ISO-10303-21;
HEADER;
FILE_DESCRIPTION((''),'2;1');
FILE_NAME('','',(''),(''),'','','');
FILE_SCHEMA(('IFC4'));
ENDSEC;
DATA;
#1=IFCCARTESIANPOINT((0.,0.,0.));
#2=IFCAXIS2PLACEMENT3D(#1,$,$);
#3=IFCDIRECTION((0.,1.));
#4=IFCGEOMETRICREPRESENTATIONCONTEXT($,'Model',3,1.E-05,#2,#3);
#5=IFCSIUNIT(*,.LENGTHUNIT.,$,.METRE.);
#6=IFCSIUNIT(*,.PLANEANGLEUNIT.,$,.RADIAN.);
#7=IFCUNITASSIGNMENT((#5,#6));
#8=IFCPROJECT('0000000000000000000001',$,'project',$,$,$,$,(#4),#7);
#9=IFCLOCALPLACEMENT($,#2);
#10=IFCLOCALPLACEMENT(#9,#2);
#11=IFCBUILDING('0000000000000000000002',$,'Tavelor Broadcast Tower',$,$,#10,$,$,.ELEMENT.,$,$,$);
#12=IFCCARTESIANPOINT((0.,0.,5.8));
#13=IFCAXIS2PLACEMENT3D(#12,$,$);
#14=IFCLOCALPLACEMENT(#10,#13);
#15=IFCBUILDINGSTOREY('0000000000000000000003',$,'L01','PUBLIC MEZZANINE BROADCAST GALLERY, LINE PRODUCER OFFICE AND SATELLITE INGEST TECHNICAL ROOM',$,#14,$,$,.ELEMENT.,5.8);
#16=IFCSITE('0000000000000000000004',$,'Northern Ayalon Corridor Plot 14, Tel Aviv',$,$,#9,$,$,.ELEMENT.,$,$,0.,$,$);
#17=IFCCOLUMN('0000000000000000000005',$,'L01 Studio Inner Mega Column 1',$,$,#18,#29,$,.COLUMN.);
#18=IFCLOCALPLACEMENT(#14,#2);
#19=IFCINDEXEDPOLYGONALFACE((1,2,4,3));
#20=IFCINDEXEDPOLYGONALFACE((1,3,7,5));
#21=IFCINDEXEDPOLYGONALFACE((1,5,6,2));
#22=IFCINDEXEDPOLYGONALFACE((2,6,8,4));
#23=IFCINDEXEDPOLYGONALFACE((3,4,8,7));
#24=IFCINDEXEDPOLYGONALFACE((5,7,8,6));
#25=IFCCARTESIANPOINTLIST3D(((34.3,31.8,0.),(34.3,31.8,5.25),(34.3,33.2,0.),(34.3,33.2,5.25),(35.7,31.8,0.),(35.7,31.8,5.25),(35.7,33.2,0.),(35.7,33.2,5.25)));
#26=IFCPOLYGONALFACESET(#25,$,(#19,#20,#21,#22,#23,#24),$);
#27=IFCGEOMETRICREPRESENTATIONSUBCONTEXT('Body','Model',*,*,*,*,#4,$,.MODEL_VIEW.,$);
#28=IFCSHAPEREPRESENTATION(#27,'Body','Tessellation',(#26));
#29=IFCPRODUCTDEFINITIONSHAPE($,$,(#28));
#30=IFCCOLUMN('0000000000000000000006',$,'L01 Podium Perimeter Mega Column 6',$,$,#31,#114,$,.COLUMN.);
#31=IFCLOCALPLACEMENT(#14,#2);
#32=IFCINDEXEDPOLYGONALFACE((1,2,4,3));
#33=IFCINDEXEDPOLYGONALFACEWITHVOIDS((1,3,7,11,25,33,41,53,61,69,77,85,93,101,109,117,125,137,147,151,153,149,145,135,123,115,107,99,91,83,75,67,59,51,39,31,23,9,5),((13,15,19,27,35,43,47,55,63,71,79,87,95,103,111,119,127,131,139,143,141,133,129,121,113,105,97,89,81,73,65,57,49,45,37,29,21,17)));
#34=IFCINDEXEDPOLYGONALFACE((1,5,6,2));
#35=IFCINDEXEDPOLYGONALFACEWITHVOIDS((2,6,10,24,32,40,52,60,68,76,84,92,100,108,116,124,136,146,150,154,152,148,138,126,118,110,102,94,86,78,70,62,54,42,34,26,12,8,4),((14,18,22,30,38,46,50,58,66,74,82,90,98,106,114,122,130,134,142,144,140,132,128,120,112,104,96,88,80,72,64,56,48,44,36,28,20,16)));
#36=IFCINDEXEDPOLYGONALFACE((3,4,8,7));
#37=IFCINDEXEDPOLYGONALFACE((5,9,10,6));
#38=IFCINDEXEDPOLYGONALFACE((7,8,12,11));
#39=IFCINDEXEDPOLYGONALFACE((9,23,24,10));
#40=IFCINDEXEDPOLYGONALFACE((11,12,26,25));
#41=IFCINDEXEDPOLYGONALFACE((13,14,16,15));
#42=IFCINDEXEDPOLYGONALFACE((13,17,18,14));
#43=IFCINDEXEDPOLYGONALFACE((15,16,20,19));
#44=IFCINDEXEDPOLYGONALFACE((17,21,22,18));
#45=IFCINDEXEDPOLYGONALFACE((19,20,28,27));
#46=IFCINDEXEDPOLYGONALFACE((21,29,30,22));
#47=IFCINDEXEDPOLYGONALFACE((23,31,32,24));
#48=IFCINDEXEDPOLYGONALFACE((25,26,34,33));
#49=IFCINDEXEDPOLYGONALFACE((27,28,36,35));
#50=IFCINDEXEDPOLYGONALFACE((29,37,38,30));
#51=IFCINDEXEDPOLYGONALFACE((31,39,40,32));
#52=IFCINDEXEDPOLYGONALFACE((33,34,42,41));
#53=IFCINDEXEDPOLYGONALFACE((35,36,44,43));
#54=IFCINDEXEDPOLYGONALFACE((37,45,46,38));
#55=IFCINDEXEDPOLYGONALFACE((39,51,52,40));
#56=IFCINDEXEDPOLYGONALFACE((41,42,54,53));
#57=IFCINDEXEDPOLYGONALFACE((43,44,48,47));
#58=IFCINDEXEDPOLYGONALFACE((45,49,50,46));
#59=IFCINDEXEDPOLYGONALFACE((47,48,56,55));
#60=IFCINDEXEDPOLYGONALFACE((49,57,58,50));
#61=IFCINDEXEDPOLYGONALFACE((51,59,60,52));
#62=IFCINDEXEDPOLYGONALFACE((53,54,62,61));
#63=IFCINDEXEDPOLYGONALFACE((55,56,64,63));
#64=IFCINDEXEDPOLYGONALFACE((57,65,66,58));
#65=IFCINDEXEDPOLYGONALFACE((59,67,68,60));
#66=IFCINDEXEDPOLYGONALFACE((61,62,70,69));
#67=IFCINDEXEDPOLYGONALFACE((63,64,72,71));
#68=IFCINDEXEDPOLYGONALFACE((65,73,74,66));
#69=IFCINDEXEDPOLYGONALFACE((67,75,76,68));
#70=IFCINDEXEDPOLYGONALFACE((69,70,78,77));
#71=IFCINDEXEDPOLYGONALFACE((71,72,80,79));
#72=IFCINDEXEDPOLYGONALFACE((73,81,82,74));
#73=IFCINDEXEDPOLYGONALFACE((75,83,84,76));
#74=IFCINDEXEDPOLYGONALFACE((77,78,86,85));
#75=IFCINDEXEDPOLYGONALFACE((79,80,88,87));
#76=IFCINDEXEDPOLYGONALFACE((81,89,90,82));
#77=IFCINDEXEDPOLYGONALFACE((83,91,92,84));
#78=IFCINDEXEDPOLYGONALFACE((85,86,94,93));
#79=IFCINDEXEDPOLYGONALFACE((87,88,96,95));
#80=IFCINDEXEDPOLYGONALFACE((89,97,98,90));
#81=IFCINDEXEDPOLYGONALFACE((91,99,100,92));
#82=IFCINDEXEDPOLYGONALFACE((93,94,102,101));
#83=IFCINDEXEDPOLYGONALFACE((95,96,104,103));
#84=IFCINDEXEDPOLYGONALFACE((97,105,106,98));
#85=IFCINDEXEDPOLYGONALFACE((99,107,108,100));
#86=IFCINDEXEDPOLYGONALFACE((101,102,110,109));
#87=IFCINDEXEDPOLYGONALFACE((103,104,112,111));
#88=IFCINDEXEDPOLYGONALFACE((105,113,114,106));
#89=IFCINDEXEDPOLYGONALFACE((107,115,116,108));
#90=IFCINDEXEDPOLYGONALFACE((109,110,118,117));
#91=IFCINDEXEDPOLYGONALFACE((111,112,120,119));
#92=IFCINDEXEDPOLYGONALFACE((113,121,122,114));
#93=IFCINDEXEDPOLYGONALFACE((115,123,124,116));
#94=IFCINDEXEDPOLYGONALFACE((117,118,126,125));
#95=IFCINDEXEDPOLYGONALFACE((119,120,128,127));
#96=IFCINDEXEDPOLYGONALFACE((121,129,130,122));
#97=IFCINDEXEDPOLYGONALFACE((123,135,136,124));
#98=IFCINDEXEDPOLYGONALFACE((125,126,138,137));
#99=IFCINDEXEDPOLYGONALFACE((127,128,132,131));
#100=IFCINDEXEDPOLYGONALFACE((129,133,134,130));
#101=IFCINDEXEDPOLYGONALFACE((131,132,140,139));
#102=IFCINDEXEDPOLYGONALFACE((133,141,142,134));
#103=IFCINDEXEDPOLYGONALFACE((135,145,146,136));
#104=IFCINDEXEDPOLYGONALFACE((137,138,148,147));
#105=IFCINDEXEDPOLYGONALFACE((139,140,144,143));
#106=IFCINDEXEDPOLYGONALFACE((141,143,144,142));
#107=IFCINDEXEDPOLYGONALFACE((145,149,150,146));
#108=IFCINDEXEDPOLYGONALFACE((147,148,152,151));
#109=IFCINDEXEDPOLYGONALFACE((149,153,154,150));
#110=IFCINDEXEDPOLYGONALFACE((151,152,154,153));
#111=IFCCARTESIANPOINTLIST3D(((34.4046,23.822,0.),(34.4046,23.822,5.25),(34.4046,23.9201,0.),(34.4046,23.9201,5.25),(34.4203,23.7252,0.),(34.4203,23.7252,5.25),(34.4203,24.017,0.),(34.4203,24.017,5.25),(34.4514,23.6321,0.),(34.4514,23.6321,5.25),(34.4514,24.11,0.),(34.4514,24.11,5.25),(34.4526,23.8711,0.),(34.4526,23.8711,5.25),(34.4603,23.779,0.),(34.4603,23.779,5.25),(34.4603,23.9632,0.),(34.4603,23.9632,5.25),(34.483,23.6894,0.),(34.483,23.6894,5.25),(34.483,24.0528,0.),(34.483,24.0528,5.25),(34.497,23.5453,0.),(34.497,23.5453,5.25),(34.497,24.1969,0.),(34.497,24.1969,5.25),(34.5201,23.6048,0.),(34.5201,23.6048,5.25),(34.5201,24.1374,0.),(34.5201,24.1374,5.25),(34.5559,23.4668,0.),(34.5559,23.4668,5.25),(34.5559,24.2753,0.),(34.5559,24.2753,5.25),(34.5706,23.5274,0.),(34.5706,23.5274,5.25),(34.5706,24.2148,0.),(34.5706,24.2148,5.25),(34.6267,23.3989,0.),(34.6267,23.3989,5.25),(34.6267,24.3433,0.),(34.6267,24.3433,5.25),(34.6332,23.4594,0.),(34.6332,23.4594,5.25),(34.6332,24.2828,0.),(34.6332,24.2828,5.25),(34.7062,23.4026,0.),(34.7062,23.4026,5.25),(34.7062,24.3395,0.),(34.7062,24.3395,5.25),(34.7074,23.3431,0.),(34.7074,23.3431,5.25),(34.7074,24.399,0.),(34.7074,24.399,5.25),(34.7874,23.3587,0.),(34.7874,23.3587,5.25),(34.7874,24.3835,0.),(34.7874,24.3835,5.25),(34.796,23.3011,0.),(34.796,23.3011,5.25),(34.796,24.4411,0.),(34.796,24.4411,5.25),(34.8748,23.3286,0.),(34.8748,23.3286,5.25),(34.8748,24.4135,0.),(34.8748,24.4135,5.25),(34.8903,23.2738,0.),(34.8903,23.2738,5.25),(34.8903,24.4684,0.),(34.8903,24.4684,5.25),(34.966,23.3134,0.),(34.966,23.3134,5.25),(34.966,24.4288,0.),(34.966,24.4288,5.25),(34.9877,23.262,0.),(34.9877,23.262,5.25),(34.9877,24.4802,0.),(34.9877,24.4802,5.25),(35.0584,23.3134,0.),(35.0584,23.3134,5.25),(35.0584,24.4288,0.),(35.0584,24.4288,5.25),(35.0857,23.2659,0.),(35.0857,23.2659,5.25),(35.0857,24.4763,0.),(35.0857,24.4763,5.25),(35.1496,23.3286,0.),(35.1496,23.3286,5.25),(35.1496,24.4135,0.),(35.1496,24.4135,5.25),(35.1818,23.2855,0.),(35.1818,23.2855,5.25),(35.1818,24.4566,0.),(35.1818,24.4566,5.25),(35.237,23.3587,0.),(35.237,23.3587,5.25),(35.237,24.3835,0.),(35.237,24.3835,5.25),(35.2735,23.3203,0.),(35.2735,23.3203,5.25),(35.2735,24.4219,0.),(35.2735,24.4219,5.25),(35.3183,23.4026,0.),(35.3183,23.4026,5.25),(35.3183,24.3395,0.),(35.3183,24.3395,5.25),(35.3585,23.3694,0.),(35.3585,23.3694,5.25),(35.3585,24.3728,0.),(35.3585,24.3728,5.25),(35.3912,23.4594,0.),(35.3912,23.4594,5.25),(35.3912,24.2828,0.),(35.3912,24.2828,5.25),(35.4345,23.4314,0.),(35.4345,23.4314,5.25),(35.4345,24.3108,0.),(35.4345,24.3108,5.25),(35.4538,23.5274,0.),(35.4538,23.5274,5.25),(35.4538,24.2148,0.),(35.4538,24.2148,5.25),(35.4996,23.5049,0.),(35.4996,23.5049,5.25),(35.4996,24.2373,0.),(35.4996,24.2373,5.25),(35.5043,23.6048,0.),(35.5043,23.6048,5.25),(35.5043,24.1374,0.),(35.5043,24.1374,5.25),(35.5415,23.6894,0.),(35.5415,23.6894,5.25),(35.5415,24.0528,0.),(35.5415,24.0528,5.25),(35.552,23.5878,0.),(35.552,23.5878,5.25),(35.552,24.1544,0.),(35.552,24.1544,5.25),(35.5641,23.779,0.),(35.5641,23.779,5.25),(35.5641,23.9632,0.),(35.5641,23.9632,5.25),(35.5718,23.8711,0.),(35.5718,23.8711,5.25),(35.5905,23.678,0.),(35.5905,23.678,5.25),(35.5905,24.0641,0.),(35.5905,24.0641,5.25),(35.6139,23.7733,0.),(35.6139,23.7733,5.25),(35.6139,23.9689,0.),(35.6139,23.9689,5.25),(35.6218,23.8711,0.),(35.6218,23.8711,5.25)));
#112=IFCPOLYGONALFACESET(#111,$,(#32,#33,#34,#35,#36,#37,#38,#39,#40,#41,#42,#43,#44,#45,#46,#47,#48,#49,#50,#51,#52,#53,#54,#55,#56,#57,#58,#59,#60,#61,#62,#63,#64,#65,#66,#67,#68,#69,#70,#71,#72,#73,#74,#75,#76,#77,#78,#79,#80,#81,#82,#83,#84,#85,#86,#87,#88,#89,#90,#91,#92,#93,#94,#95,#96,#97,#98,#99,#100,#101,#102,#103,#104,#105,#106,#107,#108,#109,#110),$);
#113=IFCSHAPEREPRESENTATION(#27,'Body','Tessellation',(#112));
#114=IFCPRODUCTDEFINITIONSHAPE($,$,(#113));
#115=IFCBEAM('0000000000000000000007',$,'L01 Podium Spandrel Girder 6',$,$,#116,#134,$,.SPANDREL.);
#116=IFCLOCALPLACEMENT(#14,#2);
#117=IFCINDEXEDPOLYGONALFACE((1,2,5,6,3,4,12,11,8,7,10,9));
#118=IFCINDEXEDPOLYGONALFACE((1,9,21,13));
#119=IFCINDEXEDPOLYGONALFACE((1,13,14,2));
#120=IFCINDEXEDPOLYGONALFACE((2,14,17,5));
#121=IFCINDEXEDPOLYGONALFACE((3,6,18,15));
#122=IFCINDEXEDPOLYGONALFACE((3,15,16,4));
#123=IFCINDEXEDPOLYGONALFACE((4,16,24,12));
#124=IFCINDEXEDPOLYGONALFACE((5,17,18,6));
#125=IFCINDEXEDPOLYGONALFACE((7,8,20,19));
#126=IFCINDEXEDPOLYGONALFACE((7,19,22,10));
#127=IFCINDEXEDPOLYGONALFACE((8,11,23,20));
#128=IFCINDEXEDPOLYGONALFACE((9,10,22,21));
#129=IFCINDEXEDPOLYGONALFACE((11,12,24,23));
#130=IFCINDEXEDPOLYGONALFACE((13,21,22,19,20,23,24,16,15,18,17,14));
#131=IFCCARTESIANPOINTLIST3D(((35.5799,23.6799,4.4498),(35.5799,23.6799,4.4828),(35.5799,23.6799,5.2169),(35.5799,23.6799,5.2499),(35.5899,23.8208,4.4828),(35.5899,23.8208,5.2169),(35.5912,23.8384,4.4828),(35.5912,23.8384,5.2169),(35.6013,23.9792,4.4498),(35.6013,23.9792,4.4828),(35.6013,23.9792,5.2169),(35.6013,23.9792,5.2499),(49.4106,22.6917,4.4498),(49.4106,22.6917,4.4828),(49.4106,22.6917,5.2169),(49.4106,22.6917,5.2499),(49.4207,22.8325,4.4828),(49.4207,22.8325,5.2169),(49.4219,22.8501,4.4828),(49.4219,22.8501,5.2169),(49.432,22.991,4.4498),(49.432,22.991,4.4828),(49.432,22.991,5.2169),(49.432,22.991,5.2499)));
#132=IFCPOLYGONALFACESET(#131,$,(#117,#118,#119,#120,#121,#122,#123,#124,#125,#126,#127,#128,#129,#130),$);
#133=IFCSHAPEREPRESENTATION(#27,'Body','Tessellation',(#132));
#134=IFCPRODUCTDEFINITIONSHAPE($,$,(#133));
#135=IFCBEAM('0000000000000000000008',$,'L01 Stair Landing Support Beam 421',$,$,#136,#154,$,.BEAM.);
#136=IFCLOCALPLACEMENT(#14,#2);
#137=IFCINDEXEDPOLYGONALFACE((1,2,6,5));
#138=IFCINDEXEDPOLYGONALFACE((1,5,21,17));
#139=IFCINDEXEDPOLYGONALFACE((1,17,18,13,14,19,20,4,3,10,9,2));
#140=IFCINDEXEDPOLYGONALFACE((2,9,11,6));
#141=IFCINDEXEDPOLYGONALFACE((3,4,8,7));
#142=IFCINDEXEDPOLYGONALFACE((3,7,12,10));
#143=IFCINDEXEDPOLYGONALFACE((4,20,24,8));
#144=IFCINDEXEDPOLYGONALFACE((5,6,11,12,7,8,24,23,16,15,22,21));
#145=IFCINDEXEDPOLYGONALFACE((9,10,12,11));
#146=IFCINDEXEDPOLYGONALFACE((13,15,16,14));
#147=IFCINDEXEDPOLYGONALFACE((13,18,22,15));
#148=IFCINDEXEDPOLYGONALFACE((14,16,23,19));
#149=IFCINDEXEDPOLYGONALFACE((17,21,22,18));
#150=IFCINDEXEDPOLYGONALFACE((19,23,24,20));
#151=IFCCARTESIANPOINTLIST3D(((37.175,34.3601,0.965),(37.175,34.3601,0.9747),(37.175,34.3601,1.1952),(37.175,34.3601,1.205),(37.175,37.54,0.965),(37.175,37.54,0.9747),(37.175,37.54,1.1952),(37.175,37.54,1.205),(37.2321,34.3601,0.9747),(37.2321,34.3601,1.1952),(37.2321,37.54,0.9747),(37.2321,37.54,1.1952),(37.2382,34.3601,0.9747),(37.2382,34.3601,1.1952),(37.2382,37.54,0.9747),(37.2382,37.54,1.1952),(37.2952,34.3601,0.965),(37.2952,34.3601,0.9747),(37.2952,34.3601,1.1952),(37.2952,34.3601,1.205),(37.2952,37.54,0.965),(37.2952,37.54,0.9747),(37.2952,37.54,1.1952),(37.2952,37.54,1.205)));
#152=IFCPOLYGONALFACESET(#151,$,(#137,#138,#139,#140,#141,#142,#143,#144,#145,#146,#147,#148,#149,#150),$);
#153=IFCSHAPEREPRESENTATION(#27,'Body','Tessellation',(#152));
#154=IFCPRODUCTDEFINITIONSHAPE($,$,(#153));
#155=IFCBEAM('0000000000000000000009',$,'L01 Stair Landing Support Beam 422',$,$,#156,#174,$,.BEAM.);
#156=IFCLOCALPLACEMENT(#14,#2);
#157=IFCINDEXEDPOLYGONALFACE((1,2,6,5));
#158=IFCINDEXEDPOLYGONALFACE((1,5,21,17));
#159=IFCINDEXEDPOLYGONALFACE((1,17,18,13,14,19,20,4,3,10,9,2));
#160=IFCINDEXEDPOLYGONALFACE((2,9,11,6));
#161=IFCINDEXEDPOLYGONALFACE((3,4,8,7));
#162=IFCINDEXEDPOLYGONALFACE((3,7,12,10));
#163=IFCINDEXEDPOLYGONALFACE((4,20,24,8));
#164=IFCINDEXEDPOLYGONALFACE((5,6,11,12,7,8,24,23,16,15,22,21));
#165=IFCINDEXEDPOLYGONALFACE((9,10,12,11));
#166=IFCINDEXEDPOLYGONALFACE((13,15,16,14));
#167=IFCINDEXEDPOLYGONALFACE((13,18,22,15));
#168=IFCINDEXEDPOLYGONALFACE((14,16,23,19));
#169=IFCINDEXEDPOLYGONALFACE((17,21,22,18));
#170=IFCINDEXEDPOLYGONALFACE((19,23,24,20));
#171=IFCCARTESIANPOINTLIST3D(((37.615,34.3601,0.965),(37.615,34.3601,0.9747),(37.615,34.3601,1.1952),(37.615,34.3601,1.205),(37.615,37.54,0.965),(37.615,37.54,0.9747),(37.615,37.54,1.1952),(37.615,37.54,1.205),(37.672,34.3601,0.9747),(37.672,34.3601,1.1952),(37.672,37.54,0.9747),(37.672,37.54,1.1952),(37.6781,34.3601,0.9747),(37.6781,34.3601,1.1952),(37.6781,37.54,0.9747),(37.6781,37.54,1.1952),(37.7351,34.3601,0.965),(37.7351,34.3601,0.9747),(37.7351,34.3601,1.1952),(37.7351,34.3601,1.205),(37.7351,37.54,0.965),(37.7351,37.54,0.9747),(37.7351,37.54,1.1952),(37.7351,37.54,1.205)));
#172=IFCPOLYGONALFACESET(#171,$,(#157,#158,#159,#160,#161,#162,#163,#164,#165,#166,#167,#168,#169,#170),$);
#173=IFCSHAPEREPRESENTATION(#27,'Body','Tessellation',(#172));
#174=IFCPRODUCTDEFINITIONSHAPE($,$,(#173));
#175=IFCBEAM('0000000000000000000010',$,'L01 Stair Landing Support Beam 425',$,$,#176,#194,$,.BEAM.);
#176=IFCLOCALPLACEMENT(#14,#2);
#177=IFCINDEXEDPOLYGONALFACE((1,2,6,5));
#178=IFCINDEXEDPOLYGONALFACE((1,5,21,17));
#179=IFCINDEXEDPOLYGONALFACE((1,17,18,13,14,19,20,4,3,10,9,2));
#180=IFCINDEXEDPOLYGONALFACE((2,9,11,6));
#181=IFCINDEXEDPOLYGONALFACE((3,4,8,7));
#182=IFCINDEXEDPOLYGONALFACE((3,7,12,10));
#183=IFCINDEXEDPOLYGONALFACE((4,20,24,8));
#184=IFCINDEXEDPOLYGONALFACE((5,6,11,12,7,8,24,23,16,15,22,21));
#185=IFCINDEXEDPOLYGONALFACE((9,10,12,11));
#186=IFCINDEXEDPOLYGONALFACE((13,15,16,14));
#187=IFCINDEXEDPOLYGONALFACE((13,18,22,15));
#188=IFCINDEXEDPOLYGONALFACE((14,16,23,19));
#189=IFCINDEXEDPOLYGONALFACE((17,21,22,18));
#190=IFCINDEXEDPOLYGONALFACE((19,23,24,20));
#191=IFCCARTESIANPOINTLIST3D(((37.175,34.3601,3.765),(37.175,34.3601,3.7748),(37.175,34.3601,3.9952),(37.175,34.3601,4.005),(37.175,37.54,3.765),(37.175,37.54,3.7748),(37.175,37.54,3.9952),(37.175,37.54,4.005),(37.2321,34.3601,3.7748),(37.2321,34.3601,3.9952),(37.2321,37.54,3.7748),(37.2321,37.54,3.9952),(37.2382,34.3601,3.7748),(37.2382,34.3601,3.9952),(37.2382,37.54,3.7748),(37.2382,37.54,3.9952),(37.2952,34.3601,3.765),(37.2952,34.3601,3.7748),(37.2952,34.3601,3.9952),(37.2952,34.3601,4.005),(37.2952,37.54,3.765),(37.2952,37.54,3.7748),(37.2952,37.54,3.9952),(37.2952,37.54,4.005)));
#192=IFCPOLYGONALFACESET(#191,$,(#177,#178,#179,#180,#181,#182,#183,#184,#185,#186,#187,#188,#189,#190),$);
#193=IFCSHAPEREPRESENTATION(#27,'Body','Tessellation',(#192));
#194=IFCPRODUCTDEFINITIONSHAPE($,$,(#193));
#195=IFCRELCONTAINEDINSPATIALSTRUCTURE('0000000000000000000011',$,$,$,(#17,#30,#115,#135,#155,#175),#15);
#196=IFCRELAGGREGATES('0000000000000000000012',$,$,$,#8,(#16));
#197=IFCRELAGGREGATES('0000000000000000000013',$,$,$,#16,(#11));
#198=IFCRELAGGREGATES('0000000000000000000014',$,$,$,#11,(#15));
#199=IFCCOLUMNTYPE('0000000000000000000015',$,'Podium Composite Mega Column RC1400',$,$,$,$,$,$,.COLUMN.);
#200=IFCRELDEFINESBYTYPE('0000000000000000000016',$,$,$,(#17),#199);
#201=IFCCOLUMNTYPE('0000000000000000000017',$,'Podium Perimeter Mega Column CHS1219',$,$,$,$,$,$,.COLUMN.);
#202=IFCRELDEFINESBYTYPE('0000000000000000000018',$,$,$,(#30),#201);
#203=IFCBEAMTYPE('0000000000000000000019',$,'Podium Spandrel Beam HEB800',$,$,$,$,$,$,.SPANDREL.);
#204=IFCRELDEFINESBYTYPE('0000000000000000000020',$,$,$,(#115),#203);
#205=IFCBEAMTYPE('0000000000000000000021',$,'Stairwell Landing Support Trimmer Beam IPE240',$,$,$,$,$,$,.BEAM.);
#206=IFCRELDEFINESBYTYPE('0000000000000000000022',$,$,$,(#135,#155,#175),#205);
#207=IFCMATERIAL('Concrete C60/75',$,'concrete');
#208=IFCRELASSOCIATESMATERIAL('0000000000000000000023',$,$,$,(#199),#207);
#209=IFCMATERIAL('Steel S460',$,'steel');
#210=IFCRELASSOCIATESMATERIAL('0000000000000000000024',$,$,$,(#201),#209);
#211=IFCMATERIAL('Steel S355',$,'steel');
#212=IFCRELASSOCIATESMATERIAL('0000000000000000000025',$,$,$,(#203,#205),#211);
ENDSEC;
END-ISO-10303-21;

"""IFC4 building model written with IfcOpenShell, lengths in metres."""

from ifc_helpers import new_model, si_unit, direction, frame, origin, origin_2d, place, context, subcontext, project, spatial, rectangle, hollow_circle, i_section, extrude, material, material_profile, profile_set, type_object, element, save


model = new_model("IFC4")

# Units and contexts
model_context = context("Model", 3, precision=1e-05, world=origin(), true_north=direction((0.0, 1.0)))
body_context = subcontext(model_context, "Body", "Model", "MODEL_VIEW")
ifc_project = project(units=[si_unit("LENGTHUNIT", "METRE"), si_unit("PLANEANGLEUNIT", "RADIAN")], contexts=[model_context])

# Site, building, storey
site_placement = place(None, origin())
site = spatial("IfcSite", under=ifc_project, at=site_placement, Name="Northern Ayalon Corridor Plot 14, Tel Aviv", CompositionType="ELEMENT", RefElevation=0.0)
building_placement = place(site_placement, origin())
building = spatial("IfcBuilding", under=site, at=building_placement, Name="Tavelor Broadcast Tower", CompositionType="ELEMENT")
storey_placement = place(building_placement, frame((0.0, 0.0, 5.8)))
storey = spatial("IfcBuildingStorey", under=building, at=storey_placement, Name="L01", Description="PUBLIC MEZZANINE BROADCAST GALLERY, LINE PRODUCER OFFICE AND SATELLITE INGEST TECHNICAL ROOM", CompositionType="ELEMENT", Elevation=5.8)

# Columns
ifc_material_1 = material(Name="Concrete C60/75", Category="concrete")
ifc_material_profile_1 = material_profile(ifc_material_1, rectangle(XDim=1.3999, YDim=1.3999, at=origin_2d()), Name="RC 1400x1400")
ifc_profile_set_1 = profile_set([ifc_material_profile_1], Name="Concrete C60/75")
column_type_1 = type_object("IfcColumnType", Name="Podium Composite Mega Column RC1400", PredefinedType="COLUMN", material=ifc_profile_set_1)
column_1_placement = place(storey_placement, frame((35.0, 32.5, 0.0), z_axis=(0.0, 0.0, 1.0), x_axis=(1.0, 0.0, 0.0)))
element("IfcColumn", 1, at=column_1_placement, inside=storey, type_object=column_type_1, Name="L01 Studio Inner Mega Column 1", PredefinedType="COLUMN", context=body_context, shape_type="SweptSolid", body=[
    extrude(rectangle(XDim=1.3999, YDim=1.3999, at=origin_2d()), origin(), (0.0, 0.0, 1.0), 5.25),
])
ifc_material_2 = material(Name="Steel S460", Category="steel")
ifc_material_profile_2 = material_profile(ifc_material_2, hollow_circle(Radius=0.6096, WallThickness=0.05, at=origin_2d()), Name="CHS 1219x50")
ifc_profile_set_2 = profile_set([ifc_material_profile_2], Name="Steel S460")
column_type_2 = type_object("IfcColumnType", Name="Podium Perimeter Mega Column CHS1219", PredefinedType="COLUMN", material=ifc_profile_set_2)
column_2_placement = place(storey_placement, frame((35.0122, 23.8711, 0.0), z_axis=(0.0, 0.0, 1.0), x_axis=(1.0, 0.0, 0.0)))
element("IfcColumn", 2, at=column_2_placement, inside=storey, type_object=column_type_2, Name="L01 Podium Perimeter Mega Column 6", PredefinedType="COLUMN", context=body_context, shape_type="SweptSolid", body=[
    extrude(hollow_circle(Radius=0.6096, WallThickness=0.05, at=origin_2d()), origin(), (0.0, 0.0, 1.0), 5.25),
])

# Beams
ifc_material_3 = material(Name="Steel S355", Category="steel")
ifc_material_profile_3 = material_profile(ifc_material_3, i_section(OverallWidth=0.3, OverallDepth=0.8, WebThickness=0.0176, FlangeThickness=0.033, at=origin_2d()), Name="HEB 800")
ifc_profile_set_3 = profile_set([ifc_material_profile_3], Name="Steel S355")
beam_type_1 = type_object("IfcBeamType", Name="Podium Spandrel Beam HEB800", PredefinedType="SPANDREL", material=ifc_profile_set_3)
beam_1_placement = place(storey_placement, frame((35.5906, 23.8296, 4.8499), z_axis=(0.997457, -0.071273, 0.0), x_axis=(0.071273, 0.997457, 0.0)))
element("IfcBeam", 3, at=beam_1_placement, inside=storey, type_object=beam_type_1, Name="L01 Podium Spandrel Girder 6", PredefinedType="SPANDREL", context=body_context, shape_type="SweptSolid", body=[
    extrude(i_section(OverallWidth=0.3, OverallDepth=0.8, WebThickness=0.0176, FlangeThickness=0.033, at=origin_2d()), origin(), (0.0, 0.0, 1.0), 13.866),
])
ifc_material_profile_4 = material_profile(ifc_material_3, i_section(OverallWidth=0.1201, OverallDepth=0.24, WebThickness=0.0061, FlangeThickness=0.0098, at=origin_2d()), Name="IPE 240")
ifc_profile_set_4 = profile_set([ifc_material_profile_4], Name="Steel S355")
beam_type_2 = type_object("IfcBeamType", Name="Stairwell Landing Support Trimmer Beam IPE240", PredefinedType="BEAM", material=ifc_profile_set_4)
for number, where, z_axis, x_axis, name in (
    (4, (37.2351, 34.3601, 1.085), (0.0, 1.0, 0.0), (-1.0, 0.0, 0.0), "L01 Stair Landing Support Beam 421"),
    (5, (37.675, 34.3601, 1.085), (0.0, 1.0, 0.0), (-1.0, 0.0, 0.0), "L01 Stair Landing Support Beam 422"),
    (6, (37.2351, 34.3601, 3.885), (0.0, 1.0, 0.0), (-1.0, 0.0, 0.0), "L01 Stair Landing Support Beam 425"),
):
    element("IfcBeam", number, at=place(storey_placement, frame(where, z_axis=z_axis, x_axis=x_axis)), inside=storey, type_object=beam_type_2, Name=name, PredefinedType="BEAM", context=body_context, shape_type="SweptSolid", body=[
        extrude(i_section(OverallWidth=0.1201, OverallDepth=0.24, WebThickness=0.0061, FlangeThickness=0.0098, at=origin_2d()), origin(), (0.0, 0.0, 1.0), 3.1799),
    ])

save(model, "model.ifc")
